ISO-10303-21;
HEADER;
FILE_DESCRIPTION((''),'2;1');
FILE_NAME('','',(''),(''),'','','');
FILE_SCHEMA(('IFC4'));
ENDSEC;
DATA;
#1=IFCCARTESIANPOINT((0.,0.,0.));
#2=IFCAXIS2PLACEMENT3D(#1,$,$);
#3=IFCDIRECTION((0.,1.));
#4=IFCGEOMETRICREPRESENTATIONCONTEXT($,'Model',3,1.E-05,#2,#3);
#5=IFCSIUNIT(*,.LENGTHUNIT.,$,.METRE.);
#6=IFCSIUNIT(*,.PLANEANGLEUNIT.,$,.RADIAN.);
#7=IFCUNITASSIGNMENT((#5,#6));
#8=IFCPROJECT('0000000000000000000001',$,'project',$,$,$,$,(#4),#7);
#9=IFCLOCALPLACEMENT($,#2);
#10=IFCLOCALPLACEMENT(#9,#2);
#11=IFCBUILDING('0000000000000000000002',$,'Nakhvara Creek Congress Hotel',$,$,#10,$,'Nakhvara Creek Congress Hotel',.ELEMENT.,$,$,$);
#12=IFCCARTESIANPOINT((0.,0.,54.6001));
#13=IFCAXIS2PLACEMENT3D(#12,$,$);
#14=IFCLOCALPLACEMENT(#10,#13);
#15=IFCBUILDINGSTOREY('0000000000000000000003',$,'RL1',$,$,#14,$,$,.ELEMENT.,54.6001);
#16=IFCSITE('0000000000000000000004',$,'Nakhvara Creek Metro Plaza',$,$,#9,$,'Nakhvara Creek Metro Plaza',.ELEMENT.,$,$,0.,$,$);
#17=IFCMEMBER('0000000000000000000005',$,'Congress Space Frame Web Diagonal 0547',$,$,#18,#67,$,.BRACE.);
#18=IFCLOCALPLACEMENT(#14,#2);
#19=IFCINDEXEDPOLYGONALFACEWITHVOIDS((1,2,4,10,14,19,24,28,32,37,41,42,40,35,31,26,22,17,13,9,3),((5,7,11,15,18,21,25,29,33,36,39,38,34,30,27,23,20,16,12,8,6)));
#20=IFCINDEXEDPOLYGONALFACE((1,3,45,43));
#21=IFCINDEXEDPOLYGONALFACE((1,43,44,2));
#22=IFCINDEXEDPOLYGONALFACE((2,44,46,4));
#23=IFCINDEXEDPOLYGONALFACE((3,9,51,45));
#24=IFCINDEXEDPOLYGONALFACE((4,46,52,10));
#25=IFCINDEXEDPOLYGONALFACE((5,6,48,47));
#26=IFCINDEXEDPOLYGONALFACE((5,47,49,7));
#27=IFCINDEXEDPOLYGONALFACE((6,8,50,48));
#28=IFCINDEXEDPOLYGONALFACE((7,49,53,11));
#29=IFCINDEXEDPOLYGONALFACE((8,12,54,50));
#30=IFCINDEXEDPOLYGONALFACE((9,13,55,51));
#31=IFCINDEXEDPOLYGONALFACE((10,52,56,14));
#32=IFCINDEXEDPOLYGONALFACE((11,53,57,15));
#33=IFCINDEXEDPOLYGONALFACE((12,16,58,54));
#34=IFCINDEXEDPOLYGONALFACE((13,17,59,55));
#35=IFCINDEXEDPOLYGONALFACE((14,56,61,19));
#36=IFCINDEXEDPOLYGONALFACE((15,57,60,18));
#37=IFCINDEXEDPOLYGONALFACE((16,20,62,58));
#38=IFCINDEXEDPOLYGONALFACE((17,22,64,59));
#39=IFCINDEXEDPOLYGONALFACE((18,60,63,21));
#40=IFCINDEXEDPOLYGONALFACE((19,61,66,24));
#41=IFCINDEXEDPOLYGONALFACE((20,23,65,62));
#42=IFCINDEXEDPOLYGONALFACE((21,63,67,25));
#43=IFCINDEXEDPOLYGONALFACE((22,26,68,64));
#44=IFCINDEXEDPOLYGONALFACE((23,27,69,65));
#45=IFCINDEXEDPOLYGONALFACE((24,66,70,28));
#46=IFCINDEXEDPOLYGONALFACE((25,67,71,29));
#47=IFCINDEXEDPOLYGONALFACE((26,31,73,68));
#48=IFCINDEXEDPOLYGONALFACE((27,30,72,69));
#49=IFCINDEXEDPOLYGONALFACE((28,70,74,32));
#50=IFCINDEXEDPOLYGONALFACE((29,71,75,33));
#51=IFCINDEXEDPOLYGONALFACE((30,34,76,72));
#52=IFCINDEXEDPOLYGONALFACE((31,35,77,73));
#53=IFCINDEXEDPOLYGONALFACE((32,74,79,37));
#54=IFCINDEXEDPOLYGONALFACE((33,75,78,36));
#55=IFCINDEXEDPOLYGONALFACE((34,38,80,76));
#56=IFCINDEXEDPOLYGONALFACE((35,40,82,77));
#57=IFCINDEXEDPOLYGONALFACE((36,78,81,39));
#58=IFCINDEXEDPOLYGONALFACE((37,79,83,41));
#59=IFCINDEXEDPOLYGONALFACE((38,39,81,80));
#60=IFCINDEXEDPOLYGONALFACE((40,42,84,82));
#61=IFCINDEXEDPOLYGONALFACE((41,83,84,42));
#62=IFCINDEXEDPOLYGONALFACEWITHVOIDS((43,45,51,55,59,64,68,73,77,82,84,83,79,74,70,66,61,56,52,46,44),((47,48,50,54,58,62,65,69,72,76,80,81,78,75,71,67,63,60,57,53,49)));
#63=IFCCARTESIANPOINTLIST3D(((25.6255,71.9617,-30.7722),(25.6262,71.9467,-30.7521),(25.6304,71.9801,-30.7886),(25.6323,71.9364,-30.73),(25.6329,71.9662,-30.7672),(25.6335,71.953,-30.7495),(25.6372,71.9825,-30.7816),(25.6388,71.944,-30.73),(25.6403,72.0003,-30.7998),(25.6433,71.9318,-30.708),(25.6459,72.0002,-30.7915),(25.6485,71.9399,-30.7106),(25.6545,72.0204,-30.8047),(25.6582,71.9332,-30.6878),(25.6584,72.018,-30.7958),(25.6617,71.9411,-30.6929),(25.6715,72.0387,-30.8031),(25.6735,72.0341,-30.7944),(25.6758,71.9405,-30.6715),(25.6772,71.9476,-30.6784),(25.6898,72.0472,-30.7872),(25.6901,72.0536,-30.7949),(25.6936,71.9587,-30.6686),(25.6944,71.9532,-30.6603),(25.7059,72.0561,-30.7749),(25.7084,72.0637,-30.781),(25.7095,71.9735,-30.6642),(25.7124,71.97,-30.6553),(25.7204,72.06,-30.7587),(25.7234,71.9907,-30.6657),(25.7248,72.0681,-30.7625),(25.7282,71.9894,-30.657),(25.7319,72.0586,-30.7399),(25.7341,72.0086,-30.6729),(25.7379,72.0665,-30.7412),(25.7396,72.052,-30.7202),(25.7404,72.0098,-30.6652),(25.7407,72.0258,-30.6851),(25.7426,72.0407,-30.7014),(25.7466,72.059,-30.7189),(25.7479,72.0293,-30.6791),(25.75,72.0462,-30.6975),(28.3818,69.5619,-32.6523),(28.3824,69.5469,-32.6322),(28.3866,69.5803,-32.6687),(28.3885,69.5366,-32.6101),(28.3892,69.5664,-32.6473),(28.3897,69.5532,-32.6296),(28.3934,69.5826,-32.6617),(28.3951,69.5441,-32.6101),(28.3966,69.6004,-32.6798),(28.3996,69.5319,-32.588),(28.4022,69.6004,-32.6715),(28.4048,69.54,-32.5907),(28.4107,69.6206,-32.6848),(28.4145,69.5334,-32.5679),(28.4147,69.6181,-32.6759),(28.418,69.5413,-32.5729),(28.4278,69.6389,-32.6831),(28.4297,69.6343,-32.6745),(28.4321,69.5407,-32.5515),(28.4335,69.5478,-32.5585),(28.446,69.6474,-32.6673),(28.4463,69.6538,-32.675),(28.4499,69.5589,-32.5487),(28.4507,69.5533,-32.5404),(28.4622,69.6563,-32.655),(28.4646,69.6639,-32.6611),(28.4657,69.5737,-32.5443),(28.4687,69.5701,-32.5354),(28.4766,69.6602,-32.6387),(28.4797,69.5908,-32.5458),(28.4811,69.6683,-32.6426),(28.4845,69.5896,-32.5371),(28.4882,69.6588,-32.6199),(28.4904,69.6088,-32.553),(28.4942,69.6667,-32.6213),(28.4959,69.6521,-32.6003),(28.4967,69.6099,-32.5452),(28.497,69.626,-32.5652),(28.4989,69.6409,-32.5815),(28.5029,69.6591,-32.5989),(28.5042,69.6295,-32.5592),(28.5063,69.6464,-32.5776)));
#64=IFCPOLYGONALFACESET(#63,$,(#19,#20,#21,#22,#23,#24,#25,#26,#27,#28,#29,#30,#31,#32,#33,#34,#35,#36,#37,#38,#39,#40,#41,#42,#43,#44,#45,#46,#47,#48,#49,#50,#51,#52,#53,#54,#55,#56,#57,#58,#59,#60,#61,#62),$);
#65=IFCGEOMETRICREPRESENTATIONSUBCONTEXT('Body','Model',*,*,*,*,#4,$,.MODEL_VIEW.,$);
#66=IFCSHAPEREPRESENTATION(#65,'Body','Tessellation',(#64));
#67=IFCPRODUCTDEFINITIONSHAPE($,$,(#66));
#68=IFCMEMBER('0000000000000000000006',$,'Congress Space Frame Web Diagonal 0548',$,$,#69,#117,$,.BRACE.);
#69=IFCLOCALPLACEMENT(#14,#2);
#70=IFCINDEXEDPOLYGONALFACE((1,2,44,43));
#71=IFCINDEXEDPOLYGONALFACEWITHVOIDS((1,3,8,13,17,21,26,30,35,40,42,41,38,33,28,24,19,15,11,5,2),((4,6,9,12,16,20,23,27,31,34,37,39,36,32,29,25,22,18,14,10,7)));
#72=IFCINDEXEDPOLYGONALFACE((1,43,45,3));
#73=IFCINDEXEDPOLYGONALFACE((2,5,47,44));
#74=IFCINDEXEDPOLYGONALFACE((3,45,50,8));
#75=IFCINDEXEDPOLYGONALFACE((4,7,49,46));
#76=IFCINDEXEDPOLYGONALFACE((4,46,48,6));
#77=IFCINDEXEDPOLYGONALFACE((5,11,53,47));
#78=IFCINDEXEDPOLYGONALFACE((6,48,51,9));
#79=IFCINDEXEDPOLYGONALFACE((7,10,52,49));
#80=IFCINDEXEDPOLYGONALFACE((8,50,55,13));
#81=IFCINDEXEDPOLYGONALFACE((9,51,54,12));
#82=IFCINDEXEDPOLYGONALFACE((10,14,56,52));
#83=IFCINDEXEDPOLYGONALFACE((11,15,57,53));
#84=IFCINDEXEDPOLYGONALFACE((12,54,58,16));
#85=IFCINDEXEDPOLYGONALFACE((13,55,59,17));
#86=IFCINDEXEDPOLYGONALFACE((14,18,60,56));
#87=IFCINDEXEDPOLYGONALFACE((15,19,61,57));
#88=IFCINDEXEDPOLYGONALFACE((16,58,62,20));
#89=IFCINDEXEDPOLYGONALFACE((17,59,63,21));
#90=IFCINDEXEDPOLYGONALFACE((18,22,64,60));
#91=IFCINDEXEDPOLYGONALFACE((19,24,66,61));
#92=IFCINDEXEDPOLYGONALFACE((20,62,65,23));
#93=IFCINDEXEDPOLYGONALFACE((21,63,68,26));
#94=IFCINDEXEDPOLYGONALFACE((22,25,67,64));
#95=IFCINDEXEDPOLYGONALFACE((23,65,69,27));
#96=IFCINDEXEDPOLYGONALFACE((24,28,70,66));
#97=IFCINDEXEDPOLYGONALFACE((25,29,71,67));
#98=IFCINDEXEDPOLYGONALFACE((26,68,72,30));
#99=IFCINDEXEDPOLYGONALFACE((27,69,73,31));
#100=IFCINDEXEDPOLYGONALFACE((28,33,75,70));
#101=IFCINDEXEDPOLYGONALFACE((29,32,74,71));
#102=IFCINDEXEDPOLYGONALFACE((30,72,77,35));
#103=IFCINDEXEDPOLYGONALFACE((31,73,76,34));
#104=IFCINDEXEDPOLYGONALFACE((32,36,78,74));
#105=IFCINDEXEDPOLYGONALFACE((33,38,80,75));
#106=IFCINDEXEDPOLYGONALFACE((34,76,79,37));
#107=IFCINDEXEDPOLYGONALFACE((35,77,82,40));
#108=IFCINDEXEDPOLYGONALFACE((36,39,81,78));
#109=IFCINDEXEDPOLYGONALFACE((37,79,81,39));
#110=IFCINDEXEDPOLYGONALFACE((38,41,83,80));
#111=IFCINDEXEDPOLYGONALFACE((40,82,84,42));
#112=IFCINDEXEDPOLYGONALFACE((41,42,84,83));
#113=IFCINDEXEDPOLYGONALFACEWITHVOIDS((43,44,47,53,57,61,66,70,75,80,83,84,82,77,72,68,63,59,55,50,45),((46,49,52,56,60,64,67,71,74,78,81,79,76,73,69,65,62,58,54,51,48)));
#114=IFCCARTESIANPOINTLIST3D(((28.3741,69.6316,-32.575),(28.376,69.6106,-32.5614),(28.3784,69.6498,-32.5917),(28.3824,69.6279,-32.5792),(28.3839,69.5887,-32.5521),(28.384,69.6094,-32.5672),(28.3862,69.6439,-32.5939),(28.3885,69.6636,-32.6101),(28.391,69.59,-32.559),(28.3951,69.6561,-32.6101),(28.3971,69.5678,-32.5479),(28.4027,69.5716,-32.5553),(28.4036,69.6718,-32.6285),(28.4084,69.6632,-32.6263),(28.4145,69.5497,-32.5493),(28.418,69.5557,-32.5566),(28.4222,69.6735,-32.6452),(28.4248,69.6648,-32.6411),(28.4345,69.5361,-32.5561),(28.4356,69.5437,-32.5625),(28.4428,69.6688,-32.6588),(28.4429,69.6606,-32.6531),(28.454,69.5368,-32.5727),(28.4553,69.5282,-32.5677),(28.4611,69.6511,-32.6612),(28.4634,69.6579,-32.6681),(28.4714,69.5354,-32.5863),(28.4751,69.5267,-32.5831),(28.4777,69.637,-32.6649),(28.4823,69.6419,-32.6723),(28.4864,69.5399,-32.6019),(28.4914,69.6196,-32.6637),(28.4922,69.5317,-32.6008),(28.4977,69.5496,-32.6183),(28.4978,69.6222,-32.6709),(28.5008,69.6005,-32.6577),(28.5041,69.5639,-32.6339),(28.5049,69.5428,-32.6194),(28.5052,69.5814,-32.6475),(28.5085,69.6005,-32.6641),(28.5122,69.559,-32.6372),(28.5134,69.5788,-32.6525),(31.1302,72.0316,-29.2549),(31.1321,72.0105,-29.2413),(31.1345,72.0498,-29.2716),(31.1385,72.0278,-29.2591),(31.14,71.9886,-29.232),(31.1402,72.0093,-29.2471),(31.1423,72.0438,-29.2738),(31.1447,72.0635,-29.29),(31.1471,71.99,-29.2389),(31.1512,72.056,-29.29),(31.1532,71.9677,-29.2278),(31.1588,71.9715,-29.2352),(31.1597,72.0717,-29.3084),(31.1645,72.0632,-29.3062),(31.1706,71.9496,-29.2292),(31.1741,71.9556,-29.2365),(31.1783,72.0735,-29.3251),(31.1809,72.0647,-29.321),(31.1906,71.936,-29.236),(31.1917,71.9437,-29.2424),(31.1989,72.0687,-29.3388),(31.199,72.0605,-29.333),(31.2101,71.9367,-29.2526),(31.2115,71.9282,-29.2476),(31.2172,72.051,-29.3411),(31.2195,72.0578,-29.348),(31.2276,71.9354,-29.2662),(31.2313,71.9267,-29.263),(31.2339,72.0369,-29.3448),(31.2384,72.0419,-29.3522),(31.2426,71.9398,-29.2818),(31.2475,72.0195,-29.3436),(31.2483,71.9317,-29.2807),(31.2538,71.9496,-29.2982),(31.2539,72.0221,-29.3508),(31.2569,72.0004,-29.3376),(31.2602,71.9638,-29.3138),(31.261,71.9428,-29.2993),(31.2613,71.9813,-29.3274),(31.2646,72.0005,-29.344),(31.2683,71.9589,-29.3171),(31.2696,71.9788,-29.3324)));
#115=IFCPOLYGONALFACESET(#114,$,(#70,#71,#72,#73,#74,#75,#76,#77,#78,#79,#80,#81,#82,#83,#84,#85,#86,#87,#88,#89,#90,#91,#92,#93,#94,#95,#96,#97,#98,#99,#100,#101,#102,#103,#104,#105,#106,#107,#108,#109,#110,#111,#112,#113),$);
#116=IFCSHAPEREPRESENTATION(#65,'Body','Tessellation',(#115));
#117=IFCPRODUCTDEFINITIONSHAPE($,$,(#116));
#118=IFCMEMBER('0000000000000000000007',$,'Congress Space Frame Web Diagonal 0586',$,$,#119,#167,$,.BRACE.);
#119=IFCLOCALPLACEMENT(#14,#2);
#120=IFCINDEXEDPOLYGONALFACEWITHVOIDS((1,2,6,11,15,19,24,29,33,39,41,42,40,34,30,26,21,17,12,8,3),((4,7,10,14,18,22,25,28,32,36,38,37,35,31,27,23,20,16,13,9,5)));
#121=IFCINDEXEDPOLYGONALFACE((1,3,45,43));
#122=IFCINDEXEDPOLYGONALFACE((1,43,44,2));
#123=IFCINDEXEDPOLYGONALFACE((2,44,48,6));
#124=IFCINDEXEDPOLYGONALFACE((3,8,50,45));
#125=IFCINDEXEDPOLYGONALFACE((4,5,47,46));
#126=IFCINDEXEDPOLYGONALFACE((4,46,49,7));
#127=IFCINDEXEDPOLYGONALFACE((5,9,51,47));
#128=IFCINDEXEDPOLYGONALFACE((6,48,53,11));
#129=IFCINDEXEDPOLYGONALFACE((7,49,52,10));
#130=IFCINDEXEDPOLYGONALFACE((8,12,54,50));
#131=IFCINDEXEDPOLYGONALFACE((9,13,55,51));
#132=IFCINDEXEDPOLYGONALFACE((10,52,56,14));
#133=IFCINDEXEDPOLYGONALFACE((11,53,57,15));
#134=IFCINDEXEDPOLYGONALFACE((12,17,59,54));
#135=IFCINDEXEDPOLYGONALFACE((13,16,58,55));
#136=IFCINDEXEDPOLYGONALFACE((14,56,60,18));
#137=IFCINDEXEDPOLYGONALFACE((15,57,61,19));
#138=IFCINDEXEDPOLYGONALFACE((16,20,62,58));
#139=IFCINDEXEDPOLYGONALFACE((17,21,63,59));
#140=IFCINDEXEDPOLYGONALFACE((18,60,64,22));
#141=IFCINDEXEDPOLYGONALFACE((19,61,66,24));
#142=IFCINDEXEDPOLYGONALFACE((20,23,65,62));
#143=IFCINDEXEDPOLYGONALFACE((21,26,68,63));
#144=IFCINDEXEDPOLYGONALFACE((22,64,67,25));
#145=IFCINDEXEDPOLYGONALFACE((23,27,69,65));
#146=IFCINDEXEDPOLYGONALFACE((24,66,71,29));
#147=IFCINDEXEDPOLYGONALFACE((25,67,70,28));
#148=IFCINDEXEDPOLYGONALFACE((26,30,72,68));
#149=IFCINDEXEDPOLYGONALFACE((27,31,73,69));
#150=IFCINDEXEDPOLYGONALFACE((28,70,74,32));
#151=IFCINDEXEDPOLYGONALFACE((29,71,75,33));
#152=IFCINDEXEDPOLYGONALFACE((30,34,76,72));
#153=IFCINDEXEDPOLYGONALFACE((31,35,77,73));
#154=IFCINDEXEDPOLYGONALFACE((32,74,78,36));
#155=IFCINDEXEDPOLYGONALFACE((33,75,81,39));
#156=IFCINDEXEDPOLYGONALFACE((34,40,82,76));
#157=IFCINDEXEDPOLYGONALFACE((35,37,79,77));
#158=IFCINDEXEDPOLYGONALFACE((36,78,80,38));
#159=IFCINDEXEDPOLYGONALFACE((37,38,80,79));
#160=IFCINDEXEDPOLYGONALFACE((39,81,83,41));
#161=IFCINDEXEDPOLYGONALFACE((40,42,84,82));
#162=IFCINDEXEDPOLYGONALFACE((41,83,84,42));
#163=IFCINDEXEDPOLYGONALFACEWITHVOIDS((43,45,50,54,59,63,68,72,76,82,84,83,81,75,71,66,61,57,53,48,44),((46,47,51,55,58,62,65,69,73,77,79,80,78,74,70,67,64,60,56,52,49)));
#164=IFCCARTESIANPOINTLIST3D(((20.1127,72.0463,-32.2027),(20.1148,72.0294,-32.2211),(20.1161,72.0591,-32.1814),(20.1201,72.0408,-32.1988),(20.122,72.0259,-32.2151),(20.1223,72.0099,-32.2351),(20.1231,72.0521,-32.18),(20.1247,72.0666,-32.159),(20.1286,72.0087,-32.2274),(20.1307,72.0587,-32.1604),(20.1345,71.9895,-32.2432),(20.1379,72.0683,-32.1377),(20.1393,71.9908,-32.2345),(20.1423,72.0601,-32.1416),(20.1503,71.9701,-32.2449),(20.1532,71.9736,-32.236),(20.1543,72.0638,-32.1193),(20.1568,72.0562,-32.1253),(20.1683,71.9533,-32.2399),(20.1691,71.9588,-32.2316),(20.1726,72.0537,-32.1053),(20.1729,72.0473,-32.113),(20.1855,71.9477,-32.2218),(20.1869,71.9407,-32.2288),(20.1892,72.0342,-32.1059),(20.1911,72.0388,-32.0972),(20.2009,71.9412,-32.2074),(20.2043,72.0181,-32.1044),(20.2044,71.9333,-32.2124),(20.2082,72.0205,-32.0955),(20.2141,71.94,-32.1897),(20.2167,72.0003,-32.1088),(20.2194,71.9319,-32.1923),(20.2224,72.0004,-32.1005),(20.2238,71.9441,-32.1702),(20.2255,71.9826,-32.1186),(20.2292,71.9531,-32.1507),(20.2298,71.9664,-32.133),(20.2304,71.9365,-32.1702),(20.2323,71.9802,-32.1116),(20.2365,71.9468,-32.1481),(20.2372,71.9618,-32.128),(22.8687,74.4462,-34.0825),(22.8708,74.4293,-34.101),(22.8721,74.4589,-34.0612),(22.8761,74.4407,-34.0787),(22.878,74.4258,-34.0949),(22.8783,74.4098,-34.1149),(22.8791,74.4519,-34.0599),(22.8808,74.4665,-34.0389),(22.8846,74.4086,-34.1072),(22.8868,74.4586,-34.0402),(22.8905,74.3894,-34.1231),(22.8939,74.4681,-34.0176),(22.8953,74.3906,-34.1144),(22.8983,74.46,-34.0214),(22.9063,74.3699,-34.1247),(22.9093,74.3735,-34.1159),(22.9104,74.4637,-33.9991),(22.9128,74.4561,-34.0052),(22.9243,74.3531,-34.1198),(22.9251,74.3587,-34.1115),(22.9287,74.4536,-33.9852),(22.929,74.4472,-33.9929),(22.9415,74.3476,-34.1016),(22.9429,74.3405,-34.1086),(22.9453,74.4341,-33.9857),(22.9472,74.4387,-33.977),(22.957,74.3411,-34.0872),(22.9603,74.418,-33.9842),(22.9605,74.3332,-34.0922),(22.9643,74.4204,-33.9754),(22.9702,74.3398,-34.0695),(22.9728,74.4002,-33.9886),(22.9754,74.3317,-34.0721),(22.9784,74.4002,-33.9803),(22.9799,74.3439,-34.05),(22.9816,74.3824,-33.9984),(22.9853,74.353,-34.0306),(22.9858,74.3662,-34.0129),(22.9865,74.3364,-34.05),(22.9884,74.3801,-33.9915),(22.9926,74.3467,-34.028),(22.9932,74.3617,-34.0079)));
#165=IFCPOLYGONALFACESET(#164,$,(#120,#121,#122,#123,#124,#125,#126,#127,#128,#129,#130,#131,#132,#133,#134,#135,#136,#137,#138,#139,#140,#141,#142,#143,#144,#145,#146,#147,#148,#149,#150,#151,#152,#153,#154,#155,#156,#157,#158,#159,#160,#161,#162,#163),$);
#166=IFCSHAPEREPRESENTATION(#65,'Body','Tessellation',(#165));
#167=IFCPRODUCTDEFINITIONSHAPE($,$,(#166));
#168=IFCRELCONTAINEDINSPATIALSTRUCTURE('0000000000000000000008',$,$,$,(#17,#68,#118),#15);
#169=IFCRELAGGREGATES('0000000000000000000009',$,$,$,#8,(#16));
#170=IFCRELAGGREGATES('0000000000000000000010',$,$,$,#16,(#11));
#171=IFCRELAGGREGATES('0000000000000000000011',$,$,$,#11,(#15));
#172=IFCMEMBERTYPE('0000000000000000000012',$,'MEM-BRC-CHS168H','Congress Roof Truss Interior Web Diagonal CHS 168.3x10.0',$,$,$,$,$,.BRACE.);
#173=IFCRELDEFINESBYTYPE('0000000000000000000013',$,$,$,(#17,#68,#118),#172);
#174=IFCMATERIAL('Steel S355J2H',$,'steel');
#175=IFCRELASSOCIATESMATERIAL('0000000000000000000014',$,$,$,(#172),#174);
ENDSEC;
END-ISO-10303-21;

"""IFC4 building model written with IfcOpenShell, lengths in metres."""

from ifc_helpers import new_model, si_unit, direction, frame, origin, origin_2d, place, context, subcontext, project, spatial, hollow_circle, extrude, material, material_profile, profile_set, type_object, element, save


model = new_model("IFC4")

# Units and contexts
model_context = context("Model", 3, precision=1e-05, world=origin(), true_north=direction((0.0, 1.0)))
body_context = subcontext(model_context, "Body", "Model", "MODEL_VIEW")
ifc_project = project(units=[si_unit("LENGTHUNIT", "METRE"), si_unit("PLANEANGLEUNIT", "RADIAN")], contexts=[model_context])

# Site, building, storey
site_placement = place(None, origin())
site = spatial("IfcSite", under=ifc_project, at=site_placement, Name="Nakhvara Creek Metro Plaza", LongName="Nakhvara Creek Metro Plaza", CompositionType="ELEMENT", RefElevation=0.0)
building_placement = place(site_placement, origin())
building = spatial("IfcBuilding", under=site, at=building_placement, Name="Nakhvara Creek Congress Hotel", LongName="Nakhvara Creek Congress Hotel", CompositionType="ELEMENT")
storey_placement = place(building_placement, frame((0.0, 0.0, 54.6001)))
storey = spatial("IfcBuildingStorey", under=building, at=storey_placement, Name="RL1", CompositionType="ELEMENT", Elevation=54.6001)

# Members
ifc_material_1 = material(Name="Steel S355J2H", Category="steel")
ifc_material_profile_1 = material_profile(ifc_material_1, hollow_circle(Radius=0.0842, WallThickness=0.01, at=origin_2d()), Name="CHS 168.3x10.0", Category="LoadBearing")
ifc_profile_set_1 = profile_set([ifc_material_profile_1], Name="Steel S355J2H")
member_type_1 = type_object("IfcMemberType", Name="MEM-BRC-CHS168H", Description="Congress Roof Truss Interior Web Diagonal CHS 168.3x10.0", PredefinedType="BRACE", material=ifc_profile_set_1)
member_1_placement = place(storey_placement, frame((28.4438, 69.6001, -32.6101), z_axis=(-0.670649, 0.583922, 0.457455), x_axis=(-0.656658, -0.754188, 0.0)))
element("IfcMember", 1, at=member_1_placement, inside=storey, type_object=member_type_1, Name="Congress Space Frame Web Diagonal 0547", PredefinedType="BRACE", context=body_context, shape_type="SweptSolid", body=[
    extrude(hollow_circle(Radius=0.0842, WallThickness=0.01, at=origin_2d()), origin(), (0.0, 0.0, 1.0), 4.1099),
])
member_2_placement = place(storey_placement, frame((28.4438, 69.6001, -32.6101), z_axis=(0.558203, 0.48606, 0.672425), x_axis=(-0.656691, 0.75416, 0.0)))
element("IfcMember", 2, at=member_2_placement, inside=storey, type_object=member_type_1, Name="Congress Space Frame Web Diagonal 0548", PredefinedType="BRACE", context=body_context, shape_type="SweptSolid", body=[
    extrude(hollow_circle(Radius=0.0842, WallThickness=0.01, at=origin_2d()), origin(), (0.0, 0.0, 1.0), 4.9375),
])
member_3_placement = place(storey_placement, frame((22.9312, 74.3999, -34.05), z_axis=(-0.670634, -0.583961, 0.457426), x_axis=(0.656691, -0.75416, 0.0)))
element("IfcMember", 3, at=member_3_placement, inside=storey, type_object=member_type_1, Name="Congress Space Frame Web Diagonal 0586", PredefinedType="BRACE", context=body_context, shape_type="SweptSolid", body=[
    extrude(hollow_circle(Radius=0.0842, WallThickness=0.01, at=origin_2d()), origin(), (0.0, 0.0, 1.0), 4.1096),
])

save(model, "model.ifc")
